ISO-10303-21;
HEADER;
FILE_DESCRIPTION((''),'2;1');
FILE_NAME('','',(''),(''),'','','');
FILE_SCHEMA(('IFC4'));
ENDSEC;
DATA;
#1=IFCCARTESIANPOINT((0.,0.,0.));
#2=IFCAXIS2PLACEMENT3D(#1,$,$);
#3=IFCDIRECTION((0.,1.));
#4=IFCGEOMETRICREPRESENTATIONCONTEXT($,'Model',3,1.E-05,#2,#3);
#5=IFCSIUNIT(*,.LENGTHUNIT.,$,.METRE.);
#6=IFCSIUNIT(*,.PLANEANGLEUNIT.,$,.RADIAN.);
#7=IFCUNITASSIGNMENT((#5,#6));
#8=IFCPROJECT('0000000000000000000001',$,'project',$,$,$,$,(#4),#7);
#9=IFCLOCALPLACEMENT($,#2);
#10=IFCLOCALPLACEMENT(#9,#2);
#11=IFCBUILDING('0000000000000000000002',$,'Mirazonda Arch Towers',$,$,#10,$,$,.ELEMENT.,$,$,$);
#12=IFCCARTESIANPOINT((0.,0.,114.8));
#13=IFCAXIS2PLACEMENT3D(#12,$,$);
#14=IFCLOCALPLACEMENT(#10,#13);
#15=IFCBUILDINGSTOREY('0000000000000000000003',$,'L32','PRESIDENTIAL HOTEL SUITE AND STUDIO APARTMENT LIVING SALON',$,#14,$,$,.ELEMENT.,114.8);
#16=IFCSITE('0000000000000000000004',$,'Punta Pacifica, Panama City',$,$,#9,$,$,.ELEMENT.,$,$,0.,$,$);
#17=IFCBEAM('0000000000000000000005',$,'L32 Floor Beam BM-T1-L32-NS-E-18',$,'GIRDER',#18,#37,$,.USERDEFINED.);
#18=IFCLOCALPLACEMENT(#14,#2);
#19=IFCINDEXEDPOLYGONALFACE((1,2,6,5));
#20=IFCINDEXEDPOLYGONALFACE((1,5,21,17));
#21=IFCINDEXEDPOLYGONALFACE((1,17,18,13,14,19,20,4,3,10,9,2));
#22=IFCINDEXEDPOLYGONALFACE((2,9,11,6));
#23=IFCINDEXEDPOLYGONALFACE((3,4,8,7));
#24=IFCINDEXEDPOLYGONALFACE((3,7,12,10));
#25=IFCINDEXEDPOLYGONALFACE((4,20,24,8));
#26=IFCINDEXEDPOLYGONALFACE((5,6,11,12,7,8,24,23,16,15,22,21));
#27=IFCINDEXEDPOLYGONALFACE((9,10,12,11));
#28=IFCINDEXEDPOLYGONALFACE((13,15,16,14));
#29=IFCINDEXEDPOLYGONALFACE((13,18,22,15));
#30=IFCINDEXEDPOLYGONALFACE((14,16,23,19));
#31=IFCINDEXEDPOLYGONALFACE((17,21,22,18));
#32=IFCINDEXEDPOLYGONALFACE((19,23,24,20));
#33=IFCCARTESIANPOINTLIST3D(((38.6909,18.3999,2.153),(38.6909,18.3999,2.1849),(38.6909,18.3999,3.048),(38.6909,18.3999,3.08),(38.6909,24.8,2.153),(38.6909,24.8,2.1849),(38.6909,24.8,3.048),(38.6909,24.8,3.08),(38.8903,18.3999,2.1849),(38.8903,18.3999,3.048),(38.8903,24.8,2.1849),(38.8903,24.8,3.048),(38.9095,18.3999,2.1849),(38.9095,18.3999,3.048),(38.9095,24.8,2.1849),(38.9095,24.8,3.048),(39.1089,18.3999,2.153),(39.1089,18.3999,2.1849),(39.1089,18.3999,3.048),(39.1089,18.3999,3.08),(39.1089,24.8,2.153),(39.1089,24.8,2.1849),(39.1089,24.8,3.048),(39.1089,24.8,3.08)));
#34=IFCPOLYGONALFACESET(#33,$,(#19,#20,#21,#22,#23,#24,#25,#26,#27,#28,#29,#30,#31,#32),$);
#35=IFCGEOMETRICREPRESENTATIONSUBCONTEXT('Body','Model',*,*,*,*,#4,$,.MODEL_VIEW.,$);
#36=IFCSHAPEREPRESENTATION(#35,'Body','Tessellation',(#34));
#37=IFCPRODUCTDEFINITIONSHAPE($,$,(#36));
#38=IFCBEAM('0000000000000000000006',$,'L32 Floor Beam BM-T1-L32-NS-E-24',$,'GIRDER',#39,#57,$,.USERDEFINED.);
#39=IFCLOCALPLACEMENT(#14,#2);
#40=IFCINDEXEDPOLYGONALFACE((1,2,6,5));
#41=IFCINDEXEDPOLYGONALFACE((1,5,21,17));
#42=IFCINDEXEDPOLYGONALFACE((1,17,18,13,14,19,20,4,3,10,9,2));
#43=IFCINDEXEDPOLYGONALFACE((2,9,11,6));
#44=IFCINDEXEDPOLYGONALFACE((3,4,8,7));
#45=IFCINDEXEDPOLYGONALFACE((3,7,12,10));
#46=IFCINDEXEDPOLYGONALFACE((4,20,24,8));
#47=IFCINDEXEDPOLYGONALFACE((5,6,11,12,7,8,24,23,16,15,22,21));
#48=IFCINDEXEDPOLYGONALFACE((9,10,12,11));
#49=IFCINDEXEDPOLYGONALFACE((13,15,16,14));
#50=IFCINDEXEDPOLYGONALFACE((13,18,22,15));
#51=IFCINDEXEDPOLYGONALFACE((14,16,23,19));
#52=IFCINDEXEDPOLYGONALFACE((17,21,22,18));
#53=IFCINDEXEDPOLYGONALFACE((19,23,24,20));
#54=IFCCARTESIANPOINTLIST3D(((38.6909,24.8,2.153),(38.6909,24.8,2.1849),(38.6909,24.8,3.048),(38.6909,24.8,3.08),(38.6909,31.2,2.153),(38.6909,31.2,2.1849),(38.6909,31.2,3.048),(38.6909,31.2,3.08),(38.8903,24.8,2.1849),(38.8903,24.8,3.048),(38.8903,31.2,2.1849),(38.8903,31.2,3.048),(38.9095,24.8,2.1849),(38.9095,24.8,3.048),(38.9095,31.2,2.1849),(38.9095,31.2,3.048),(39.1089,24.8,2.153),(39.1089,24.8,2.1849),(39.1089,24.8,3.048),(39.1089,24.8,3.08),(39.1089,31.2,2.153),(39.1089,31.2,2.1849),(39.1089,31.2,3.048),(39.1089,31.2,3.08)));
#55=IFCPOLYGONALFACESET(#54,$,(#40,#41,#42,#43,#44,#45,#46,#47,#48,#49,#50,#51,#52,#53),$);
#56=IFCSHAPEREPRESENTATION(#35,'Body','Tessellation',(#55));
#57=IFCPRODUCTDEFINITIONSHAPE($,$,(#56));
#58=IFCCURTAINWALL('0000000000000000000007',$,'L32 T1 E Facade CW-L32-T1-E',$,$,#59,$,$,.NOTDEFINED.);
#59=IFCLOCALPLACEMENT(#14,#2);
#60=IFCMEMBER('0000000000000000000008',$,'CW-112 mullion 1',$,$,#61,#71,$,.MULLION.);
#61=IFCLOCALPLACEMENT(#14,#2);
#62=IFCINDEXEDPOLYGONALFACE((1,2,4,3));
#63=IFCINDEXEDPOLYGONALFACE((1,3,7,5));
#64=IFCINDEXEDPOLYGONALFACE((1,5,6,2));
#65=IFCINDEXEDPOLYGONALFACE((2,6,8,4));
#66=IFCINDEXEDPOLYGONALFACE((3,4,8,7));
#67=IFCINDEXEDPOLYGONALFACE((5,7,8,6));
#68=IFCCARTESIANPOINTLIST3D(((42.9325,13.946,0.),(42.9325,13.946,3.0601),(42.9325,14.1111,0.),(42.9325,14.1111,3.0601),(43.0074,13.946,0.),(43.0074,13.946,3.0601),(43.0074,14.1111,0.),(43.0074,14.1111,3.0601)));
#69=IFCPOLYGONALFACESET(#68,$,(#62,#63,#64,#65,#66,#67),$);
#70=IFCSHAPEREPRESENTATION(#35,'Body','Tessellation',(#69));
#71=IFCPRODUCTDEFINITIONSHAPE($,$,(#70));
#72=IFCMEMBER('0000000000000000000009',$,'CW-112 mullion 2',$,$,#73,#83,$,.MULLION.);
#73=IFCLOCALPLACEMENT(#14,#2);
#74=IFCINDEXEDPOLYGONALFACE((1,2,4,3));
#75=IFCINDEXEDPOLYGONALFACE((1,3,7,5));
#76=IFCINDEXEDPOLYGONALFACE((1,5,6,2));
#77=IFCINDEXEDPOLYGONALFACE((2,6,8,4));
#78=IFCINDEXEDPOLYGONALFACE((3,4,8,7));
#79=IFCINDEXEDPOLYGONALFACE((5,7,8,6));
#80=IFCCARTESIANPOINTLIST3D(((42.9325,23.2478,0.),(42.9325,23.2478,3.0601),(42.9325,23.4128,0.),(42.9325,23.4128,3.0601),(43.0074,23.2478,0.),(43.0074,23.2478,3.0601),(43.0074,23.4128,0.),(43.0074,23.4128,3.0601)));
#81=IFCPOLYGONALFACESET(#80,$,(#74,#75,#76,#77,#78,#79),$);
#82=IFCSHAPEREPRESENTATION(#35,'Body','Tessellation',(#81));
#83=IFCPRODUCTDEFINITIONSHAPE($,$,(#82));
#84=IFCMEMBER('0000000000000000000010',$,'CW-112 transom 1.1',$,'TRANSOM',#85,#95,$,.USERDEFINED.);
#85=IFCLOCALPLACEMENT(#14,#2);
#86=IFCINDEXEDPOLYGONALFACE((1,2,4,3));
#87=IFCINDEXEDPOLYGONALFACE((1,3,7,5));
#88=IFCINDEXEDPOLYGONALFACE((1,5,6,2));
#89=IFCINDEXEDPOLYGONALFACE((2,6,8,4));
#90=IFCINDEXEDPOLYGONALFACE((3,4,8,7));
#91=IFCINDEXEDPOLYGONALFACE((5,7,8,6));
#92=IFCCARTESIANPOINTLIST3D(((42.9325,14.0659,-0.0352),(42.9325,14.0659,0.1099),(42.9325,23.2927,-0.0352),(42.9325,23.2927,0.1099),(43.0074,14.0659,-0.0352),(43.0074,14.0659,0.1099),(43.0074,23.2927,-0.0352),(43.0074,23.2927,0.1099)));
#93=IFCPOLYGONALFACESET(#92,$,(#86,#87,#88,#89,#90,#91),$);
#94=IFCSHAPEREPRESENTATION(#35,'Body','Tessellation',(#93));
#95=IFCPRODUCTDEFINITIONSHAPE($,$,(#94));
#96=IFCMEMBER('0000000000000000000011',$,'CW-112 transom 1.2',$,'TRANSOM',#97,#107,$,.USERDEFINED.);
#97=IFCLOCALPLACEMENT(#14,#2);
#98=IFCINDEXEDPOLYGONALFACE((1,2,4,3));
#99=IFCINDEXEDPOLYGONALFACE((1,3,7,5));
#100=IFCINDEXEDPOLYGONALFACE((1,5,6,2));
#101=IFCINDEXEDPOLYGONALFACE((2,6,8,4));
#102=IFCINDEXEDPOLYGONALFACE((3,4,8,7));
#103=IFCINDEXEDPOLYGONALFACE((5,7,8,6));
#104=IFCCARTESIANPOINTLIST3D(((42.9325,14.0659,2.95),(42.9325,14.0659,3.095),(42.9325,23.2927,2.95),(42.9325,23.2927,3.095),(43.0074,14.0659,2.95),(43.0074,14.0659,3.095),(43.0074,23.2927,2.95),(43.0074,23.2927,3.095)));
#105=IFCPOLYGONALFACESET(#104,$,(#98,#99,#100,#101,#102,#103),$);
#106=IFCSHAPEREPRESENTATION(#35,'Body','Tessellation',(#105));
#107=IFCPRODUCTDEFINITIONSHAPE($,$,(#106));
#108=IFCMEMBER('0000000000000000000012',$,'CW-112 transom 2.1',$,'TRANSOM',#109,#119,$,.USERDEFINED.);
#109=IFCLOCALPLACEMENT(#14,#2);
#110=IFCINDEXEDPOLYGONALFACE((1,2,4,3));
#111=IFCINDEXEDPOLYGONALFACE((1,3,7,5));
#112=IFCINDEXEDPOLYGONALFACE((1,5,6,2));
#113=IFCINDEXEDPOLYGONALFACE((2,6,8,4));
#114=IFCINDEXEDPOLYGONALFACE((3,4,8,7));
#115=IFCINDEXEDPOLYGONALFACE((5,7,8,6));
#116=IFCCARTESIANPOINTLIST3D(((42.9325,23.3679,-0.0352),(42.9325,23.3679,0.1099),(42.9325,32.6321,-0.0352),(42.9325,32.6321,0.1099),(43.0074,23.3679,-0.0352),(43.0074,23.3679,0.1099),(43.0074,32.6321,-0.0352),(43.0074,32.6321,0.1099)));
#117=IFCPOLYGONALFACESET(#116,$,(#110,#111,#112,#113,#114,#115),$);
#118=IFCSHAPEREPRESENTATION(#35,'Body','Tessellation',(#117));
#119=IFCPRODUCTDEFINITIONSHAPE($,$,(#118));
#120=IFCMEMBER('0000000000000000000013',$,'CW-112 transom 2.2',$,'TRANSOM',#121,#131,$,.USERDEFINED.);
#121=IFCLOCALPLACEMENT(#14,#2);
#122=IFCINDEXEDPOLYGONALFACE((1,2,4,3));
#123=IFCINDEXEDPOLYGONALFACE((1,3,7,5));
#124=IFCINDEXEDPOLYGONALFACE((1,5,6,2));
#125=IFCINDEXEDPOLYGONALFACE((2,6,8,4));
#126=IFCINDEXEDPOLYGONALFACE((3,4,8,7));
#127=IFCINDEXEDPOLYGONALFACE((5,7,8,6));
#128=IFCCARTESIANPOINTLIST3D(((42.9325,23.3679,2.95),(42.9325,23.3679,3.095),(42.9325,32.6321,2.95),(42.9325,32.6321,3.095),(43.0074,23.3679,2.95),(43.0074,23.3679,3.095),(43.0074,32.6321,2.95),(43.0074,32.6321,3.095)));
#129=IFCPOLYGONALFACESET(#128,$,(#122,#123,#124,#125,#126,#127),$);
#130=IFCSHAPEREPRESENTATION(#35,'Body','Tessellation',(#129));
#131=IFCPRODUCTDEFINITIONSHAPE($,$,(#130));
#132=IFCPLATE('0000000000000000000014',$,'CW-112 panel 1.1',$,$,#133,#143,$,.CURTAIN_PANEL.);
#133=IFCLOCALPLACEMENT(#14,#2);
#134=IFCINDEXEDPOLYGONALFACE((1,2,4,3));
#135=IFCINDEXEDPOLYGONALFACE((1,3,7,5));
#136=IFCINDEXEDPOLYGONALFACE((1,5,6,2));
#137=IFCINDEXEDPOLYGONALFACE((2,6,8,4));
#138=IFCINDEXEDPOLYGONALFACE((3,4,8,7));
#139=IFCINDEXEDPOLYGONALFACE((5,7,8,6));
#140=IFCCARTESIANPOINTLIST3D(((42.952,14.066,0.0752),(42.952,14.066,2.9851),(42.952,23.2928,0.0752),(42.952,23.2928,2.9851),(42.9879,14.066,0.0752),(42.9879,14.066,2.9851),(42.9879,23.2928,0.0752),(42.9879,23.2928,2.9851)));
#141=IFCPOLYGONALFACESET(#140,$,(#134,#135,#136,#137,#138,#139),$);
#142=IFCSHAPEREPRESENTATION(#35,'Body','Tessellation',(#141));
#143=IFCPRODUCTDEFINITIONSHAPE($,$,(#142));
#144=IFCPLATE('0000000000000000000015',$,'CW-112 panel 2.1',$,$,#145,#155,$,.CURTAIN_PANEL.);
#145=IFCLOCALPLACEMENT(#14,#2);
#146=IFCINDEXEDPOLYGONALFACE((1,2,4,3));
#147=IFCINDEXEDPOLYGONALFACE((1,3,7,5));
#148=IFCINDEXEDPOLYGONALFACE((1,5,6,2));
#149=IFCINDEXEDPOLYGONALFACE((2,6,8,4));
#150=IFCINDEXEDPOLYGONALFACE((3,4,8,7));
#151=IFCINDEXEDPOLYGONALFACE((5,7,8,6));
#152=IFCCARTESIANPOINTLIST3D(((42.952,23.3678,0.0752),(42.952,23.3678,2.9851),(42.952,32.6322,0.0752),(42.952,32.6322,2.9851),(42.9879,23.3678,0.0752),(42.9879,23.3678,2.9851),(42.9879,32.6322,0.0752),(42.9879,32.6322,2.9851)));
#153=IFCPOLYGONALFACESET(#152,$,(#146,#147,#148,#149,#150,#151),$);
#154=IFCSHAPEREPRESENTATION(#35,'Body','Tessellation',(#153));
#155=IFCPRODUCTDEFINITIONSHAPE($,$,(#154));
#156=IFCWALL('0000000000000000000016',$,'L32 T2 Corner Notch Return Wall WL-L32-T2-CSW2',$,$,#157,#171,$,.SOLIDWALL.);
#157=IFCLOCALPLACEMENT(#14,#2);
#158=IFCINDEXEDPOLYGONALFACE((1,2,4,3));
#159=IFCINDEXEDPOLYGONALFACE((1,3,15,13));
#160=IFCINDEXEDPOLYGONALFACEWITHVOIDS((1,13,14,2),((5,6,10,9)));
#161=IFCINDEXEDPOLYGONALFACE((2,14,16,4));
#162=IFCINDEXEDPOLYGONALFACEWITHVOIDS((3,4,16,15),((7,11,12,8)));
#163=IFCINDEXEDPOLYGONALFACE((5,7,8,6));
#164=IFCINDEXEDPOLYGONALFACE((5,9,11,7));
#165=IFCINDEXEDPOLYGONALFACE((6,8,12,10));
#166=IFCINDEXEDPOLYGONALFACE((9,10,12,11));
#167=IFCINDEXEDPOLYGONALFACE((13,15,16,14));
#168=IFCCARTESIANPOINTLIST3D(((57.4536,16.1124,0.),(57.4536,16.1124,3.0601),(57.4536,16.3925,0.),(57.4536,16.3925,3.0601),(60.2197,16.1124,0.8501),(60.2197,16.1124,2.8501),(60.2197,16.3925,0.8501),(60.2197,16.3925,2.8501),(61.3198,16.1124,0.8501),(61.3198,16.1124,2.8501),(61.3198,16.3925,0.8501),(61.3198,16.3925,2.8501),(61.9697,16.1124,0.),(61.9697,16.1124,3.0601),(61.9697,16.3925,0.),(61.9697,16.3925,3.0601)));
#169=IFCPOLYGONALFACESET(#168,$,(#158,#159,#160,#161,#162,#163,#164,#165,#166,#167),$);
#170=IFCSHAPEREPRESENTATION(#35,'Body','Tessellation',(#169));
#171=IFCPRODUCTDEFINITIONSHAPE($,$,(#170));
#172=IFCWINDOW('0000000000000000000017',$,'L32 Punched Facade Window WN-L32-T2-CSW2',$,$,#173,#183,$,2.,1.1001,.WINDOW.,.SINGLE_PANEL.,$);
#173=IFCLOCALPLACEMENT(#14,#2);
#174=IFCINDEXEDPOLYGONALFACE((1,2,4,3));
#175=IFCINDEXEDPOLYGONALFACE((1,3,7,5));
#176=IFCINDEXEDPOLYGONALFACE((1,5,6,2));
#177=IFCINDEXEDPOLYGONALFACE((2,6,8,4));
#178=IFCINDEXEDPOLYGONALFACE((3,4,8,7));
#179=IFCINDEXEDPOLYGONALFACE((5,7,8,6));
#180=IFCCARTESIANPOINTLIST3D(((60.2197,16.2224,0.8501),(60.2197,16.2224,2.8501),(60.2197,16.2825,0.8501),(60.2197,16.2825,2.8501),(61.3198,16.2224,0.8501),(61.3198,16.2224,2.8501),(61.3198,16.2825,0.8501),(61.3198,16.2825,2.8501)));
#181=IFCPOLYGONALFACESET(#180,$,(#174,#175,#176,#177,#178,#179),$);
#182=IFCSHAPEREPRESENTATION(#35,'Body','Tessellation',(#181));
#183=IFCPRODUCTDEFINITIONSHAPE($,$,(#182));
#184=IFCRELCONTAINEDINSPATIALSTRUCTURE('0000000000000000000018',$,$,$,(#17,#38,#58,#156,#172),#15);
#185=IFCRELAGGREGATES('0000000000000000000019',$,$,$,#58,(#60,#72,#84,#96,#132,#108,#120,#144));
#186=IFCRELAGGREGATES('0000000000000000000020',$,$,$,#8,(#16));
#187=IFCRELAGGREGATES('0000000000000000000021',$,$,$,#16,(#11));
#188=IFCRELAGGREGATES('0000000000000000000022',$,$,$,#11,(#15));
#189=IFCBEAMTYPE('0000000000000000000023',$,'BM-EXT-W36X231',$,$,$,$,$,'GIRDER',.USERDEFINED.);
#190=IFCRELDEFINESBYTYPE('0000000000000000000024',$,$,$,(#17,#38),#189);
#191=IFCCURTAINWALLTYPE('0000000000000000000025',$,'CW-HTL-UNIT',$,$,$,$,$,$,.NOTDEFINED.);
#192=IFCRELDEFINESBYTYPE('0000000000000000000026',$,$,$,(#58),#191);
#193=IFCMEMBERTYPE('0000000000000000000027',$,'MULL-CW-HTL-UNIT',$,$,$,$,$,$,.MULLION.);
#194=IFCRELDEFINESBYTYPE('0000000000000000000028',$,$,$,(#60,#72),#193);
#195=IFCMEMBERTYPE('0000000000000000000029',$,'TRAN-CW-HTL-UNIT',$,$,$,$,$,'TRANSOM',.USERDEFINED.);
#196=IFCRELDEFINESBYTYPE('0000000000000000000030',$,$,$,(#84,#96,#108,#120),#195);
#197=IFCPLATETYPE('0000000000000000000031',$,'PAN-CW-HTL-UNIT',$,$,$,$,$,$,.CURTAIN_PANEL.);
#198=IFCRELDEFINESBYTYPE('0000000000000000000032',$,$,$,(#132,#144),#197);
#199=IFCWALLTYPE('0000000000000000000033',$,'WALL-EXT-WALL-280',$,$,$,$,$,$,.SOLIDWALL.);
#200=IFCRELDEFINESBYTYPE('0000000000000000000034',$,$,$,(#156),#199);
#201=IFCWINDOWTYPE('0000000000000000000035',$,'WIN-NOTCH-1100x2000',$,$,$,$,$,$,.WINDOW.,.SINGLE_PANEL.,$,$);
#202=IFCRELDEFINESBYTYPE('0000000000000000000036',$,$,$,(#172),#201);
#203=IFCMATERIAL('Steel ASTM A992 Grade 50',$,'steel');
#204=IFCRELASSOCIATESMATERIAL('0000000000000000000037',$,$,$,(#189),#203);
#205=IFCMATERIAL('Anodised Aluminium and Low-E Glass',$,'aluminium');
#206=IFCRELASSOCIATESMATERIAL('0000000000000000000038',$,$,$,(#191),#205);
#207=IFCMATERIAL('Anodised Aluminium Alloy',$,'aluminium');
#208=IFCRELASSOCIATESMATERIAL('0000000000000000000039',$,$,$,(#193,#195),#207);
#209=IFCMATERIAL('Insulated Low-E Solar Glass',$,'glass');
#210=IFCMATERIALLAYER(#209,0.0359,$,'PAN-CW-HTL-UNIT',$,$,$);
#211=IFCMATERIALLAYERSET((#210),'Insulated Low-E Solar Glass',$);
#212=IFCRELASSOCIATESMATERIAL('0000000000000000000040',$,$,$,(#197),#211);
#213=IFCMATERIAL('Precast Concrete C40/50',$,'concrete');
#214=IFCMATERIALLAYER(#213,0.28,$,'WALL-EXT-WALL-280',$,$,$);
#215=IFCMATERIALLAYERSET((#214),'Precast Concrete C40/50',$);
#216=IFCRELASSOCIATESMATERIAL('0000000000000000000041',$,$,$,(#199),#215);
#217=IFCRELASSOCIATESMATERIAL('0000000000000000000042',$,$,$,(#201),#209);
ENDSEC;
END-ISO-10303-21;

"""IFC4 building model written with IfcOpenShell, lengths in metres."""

from ifc_helpers import new_model, si_unit, direction, frame, frame_2d, origin, origin_2d, place, context, subcontext, project, spatial, rectangle, i_section, extrude, material, layer, layer_set, material_profile, profile_set, type_object, element, fill, aggregate, save


model = new_model("IFC4")

# Units and contexts
model_context = context("Model", 3, precision=1e-05, world=origin(), true_north=direction((0.0, 1.0)))
body_context = subcontext(model_context, "Body", "Model", "MODEL_VIEW")
ifc_project = project(units=[si_unit("LENGTHUNIT", "METRE"), si_unit("PLANEANGLEUNIT", "RADIAN")], contexts=[model_context])

# Site, building, storey
site_placement = place(None, origin())
site = spatial("IfcSite", under=ifc_project, at=site_placement, Name="Punta Pacifica, Panama City", CompositionType="ELEMENT", RefElevation=0.0)
building_placement = place(site_placement, origin())
building = spatial("IfcBuilding", under=site, at=building_placement, Name="Mirazonda Arch Towers", CompositionType="ELEMENT")
storey_placement = place(building_placement, frame((0.0, 0.0, 114.8)))
storey = spatial("IfcBuildingStorey", under=building, at=storey_placement, Name="L32", Description="PRESIDENTIAL HOTEL SUITE AND STUDIO APARTMENT LIVING SALON", CompositionType="ELEMENT", Elevation=114.8)

# Beams
ifc_material_1 = material(Name="Steel ASTM A992 Grade 50", Category="steel")
ifc_material_profile_1 = material_profile(ifc_material_1, i_section(OverallWidth=0.418, OverallDepth=0.927, WebThickness=0.0193, FlangeThickness=0.032, at=origin_2d()), Name="W36X231")
ifc_profile_set_1 = profile_set([ifc_material_profile_1], Name="Steel ASTM A992 Grade 50")
beam_type = type_object("IfcBeamType", Name="BM-EXT-W36X231", ElementType="GIRDER", PredefinedType="USERDEFINED", material=ifc_profile_set_1)
beam_1_placement = place(storey_placement, frame((38.8999, 18.3999, 2.6165), z_axis=(0.0, 1.0, 0.0), x_axis=(-1.0, 0.0, 0.0)))
element("IfcBeam", 1, at=beam_1_placement, inside=storey, type_object=beam_type, Name="L32 Floor Beam BM-T1-L32-NS-E-18", ObjectType="GIRDER", PredefinedType="USERDEFINED", context=body_context, shape_type="SweptSolid", body=[
    extrude(i_section(OverallWidth=0.418, OverallDepth=0.927, WebThickness=0.0193, FlangeThickness=0.032, at=origin_2d()), origin(), (0.0, 0.0, 1.0), 6.4001),
])
beam_2_placement = place(storey_placement, frame((38.8999, 24.8, 2.6165), z_axis=(0.0, 1.0, 0.0), x_axis=(-1.0, 0.0, 0.0)))
element("IfcBeam", 2, at=beam_2_placement, inside=storey, type_object=beam_type, Name="L32 Floor Beam BM-T1-L32-NS-E-24", ObjectType="GIRDER", PredefinedType="USERDEFINED", context=body_context, shape_type="SweptSolid", body=[
    extrude(i_section(OverallWidth=0.418, OverallDepth=0.927, WebThickness=0.0193, FlangeThickness=0.032, at=origin_2d()), origin(), (0.0, 0.0, 1.0), 6.3999),
])

# Curtain wall, members, plates
ifc_material_2 = material(Name="Anodised Aluminium and Low-E Glass", Category="aluminium")
curtain_wall_type = type_object("IfcCurtainWallType", Name="CW-HTL-UNIT", PredefinedType="NOTDEFINED", material=ifc_material_2)
curtain_wall_placement = place(storey_placement, origin())
curtain_wall = element("IfcCurtainWall", 3, at=curtain_wall_placement, inside=storey, type_object=curtain_wall_type, Name="L32 T1 E Facade CW-L32-T1-E", PredefinedType="NOTDEFINED")
ifc_material_3 = material(Name="Anodised Aluminium Alloy", Category="aluminium")
ifc_material_profile_2 = material_profile(ifc_material_3, rectangle(XDim=0.075, YDim=0.165, at=origin_2d()), Name="ALU-MULL-75x165")
ifc_profile_set_2 = profile_set([ifc_material_profile_2], Name="Anodised Aluminium Alloy")
member_type_1 = type_object("IfcMemberType", Name="MULL-CW-HTL-UNIT", PredefinedType="MULLION", material=ifc_profile_set_2)
member_1_placement = place(storey_placement, frame((42.97, 14.0286, 0.0), z_axis=(0.0, 0.0, 1.0), x_axis=(-1.0, 0.0, 0.0)))
member_1 = element("IfcMember", 4, at=member_1_placement, type_object=member_type_1, Name="CW-112 mullion 1", PredefinedType="MULLION", context=body_context, shape_type="SweptSolid", body=[
    extrude(rectangle(XDim=0.075, YDim=0.165, at=origin_2d()), origin(), (0.0, 0.0, 1.0), 3.0601),
])
member_2_placement = place(storey_placement, frame((42.97, 23.3303, 0.0), z_axis=(0.0, 0.0, 1.0), x_axis=(-1.0, 0.0, 0.0)))
member_2 = element("IfcMember", 5, at=member_2_placement, type_object=member_type_1, Name="CW-112 mullion 2", PredefinedType="MULLION", context=body_context, shape_type="SweptSolid", body=[
    extrude(rectangle(XDim=0.075, YDim=0.165, at=origin_2d()), origin(), (0.0, 0.0, 1.0), 3.0601),
])
ifc_material_profile_3 = material_profile(ifc_material_3, rectangle(XDim=0.075, YDim=0.145, at=origin_2d()), Name="ALU-TRAN-75x145")
ifc_profile_set_3 = profile_set([ifc_material_profile_3], Name="Anodised Aluminium Alloy")
member_type_2 = type_object("IfcMemberType", Name="TRAN-CW-HTL-UNIT", ElementType="TRANSOM", PredefinedType="USERDEFINED", material=ifc_profile_set_3)
member_3_placement = place(storey_placement, frame((42.97, 14.0659, 0.0374), z_axis=(0.0, 1.0, 0.0), x_axis=(-1.0, 0.0, 0.0)))
member_3 = element("IfcMember", 6, at=member_3_placement, type_object=member_type_2, Name="CW-112 transom 1.1", ObjectType="TRANSOM", PredefinedType="USERDEFINED", context=body_context, shape_type="SweptSolid", body=[
    extrude(rectangle(XDim=0.075, YDim=0.145, at=origin_2d()), origin(), (0.0, 0.0, 1.0), 9.2268),
])
member_4_placement = place(storey_placement, frame((42.97, 14.0659, 3.0225), z_axis=(0.0, 1.0, 0.0), x_axis=(-1.0, 0.0, 0.0)))
member_4 = element("IfcMember", 7, at=member_4_placement, type_object=member_type_2, Name="CW-112 transom 1.2", ObjectType="TRANSOM", PredefinedType="USERDEFINED", context=body_context, shape_type="SweptSolid", body=[
    extrude(rectangle(XDim=0.075, YDim=0.145, at=origin_2d()), origin(), (0.0, 0.0, 1.0), 9.2268),
])
member_5_placement = place(storey_placement, frame((42.97, 23.3679, 0.0374), z_axis=(0.0, 1.0, 0.0), x_axis=(-1.0, 0.0, 0.0)))
member_5 = element("IfcMember", 8, at=member_5_placement, type_object=member_type_2, Name="CW-112 transom 2.1", ObjectType="TRANSOM", PredefinedType="USERDEFINED", context=body_context, shape_type="SweptSolid", body=[
    extrude(rectangle(XDim=0.075, YDim=0.145, at=origin_2d()), origin(), (0.0, 0.0, 1.0), 9.2642),
])
member_6_placement = place(storey_placement, frame((42.97, 23.3679, 3.0225), z_axis=(0.0, 1.0, 0.0), x_axis=(-1.0, 0.0, 0.0)))
member_6 = element("IfcMember", 9, at=member_6_placement, type_object=member_type_2, Name="CW-112 transom 2.2", ObjectType="TRANSOM", PredefinedType="USERDEFINED", context=body_context, shape_type="SweptSolid", body=[
    extrude(rectangle(XDim=0.075, YDim=0.145, at=origin_2d()), origin(), (0.0, 0.0, 1.0), 9.2642),
])
ifc_material_4 = material(Name="Insulated Low-E Solar Glass", Category="glass")
ifc_layer_1 = layer(ifc_material_4, 0.0359, Name="PAN-CW-HTL-UNIT")
ifc_layer_set_1 = layer_set([ifc_layer_1], Name="Insulated Low-E Solar Glass")
plate_type = type_object("IfcPlateType", Name="PAN-CW-HTL-UNIT", PredefinedType="CURTAIN_PANEL", material=ifc_layer_set_1)
plate_1_placement = place(storey_placement, frame((42.97, 18.6794, 0.0752), z_axis=(0.0, 0.0, 1.0), x_axis=(0.0, 1.0, 0.0)))
plate_1 = element("IfcPlate", 10, at=plate_1_placement, type_object=plate_type, Name="CW-112 panel 1.1", PredefinedType="CURTAIN_PANEL", context=body_context, shape_type="SweptSolid", body=[
    extrude(rectangle(XDim=9.2268, YDim=0.0359, at=origin_2d()), origin(), (0.0, 0.0, 1.0), 2.9099),
])
plate_2_placement = place(storey_placement, frame((42.97, 28.0, 0.0752), z_axis=(0.0, 0.0, 1.0), x_axis=(0.0, 1.0, 0.0)))
plate_2 = element("IfcPlate", 11, at=plate_2_placement, type_object=plate_type, Name="CW-112 panel 2.1", PredefinedType="CURTAIN_PANEL", context=body_context, shape_type="SweptSolid", body=[
    extrude(rectangle(XDim=9.2644, YDim=0.0359, at=origin_2d()), origin(), (0.0, 0.0, 1.0), 2.9099),
])
aggregate(curtain_wall, [member_1, member_2, member_3, member_4, plate_1, member_5, member_6, plate_2])

# Wall, opening, window
ifc_material_5 = material(Name="Precast Concrete C40/50", Category="concrete")
ifc_layer_2 = layer(ifc_material_5, 0.28, Name="WALL-EXT-WALL-280")
ifc_layer_set_2 = layer_set([ifc_layer_2], Name="Precast Concrete C40/50")
wall_type_1 = type_object("IfcWallType", Name="WALL-EXT-WALL-280", PredefinedType="SOLIDWALL", material=ifc_layer_set_2)
wall_1_placement = place(storey_placement, frame((57.4536, 16.2524, 0.0), z_axis=(0.0, 0.0, 1.0), x_axis=(1.0, 0.0, 0.0)))
wall_1 = element("IfcWall", 12, at=wall_1_placement, inside=storey, type_object=wall_type_1, Name="L32 T2 Corner Notch Return Wall WL-L32-T2-CSW2", PredefinedType="SOLIDWALL", context=body_context, shape_type="SweptSolid", body=[
    extrude(rectangle(XDim=4.5161, YDim=0.28, at=frame_2d((2.2581, 0.0))), origin(), (0.0, 0.0, 1.0), 3.0601),
])
opening_1_placement = place(wall_1_placement, frame((2.7661, 0.0, 0.8501)))
opening_1 = element("IfcOpeningElement", 13, at=opening_1_placement, cuts=wall_1, PredefinedType="OPENING", context=body_context, shape_type="SweptSolid", body=[
    extrude(rectangle(XDim=1.1001, YDim=2.0, at=frame_2d((0.55, 1.0))), frame((0.0, 0.1499, 0.0), z_axis=(0.0, -1.0, 0.0), x_axis=(1.0, 0.0, 0.0)), (0.0, 0.0, 1.0), 0.3),
])
window_type = type_object("IfcWindowType", Name="WIN-NOTCH-1100x2000", PartitioningType="SINGLE_PANEL", PredefinedType="WINDOW", material=ifc_material_4)
window_placement = place(opening_1_placement, origin())
window = element("IfcWindow", 14, at=window_placement, inside=storey, type_object=window_type, Name="L32 Punched Facade Window WN-L32-T2-CSW2", OverallHeight=2.0, OverallWidth=1.1001, PartitioningType="SINGLE_PANEL", PredefinedType="WINDOW", context=body_context, shape_type="SweptSolid", body=[
    extrude(rectangle(XDim=1.1001, YDim=2.0, at=frame_2d((0.55, 1.0))), frame((0.0, 0.03, 0.0), z_axis=(0.0, -1.0, 0.0), x_axis=(1.0, 0.0, 0.0)), (0.0, 0.0, 1.0), 0.0601),
])
fill(opening_1, window)

save(model, "model.ifc")
